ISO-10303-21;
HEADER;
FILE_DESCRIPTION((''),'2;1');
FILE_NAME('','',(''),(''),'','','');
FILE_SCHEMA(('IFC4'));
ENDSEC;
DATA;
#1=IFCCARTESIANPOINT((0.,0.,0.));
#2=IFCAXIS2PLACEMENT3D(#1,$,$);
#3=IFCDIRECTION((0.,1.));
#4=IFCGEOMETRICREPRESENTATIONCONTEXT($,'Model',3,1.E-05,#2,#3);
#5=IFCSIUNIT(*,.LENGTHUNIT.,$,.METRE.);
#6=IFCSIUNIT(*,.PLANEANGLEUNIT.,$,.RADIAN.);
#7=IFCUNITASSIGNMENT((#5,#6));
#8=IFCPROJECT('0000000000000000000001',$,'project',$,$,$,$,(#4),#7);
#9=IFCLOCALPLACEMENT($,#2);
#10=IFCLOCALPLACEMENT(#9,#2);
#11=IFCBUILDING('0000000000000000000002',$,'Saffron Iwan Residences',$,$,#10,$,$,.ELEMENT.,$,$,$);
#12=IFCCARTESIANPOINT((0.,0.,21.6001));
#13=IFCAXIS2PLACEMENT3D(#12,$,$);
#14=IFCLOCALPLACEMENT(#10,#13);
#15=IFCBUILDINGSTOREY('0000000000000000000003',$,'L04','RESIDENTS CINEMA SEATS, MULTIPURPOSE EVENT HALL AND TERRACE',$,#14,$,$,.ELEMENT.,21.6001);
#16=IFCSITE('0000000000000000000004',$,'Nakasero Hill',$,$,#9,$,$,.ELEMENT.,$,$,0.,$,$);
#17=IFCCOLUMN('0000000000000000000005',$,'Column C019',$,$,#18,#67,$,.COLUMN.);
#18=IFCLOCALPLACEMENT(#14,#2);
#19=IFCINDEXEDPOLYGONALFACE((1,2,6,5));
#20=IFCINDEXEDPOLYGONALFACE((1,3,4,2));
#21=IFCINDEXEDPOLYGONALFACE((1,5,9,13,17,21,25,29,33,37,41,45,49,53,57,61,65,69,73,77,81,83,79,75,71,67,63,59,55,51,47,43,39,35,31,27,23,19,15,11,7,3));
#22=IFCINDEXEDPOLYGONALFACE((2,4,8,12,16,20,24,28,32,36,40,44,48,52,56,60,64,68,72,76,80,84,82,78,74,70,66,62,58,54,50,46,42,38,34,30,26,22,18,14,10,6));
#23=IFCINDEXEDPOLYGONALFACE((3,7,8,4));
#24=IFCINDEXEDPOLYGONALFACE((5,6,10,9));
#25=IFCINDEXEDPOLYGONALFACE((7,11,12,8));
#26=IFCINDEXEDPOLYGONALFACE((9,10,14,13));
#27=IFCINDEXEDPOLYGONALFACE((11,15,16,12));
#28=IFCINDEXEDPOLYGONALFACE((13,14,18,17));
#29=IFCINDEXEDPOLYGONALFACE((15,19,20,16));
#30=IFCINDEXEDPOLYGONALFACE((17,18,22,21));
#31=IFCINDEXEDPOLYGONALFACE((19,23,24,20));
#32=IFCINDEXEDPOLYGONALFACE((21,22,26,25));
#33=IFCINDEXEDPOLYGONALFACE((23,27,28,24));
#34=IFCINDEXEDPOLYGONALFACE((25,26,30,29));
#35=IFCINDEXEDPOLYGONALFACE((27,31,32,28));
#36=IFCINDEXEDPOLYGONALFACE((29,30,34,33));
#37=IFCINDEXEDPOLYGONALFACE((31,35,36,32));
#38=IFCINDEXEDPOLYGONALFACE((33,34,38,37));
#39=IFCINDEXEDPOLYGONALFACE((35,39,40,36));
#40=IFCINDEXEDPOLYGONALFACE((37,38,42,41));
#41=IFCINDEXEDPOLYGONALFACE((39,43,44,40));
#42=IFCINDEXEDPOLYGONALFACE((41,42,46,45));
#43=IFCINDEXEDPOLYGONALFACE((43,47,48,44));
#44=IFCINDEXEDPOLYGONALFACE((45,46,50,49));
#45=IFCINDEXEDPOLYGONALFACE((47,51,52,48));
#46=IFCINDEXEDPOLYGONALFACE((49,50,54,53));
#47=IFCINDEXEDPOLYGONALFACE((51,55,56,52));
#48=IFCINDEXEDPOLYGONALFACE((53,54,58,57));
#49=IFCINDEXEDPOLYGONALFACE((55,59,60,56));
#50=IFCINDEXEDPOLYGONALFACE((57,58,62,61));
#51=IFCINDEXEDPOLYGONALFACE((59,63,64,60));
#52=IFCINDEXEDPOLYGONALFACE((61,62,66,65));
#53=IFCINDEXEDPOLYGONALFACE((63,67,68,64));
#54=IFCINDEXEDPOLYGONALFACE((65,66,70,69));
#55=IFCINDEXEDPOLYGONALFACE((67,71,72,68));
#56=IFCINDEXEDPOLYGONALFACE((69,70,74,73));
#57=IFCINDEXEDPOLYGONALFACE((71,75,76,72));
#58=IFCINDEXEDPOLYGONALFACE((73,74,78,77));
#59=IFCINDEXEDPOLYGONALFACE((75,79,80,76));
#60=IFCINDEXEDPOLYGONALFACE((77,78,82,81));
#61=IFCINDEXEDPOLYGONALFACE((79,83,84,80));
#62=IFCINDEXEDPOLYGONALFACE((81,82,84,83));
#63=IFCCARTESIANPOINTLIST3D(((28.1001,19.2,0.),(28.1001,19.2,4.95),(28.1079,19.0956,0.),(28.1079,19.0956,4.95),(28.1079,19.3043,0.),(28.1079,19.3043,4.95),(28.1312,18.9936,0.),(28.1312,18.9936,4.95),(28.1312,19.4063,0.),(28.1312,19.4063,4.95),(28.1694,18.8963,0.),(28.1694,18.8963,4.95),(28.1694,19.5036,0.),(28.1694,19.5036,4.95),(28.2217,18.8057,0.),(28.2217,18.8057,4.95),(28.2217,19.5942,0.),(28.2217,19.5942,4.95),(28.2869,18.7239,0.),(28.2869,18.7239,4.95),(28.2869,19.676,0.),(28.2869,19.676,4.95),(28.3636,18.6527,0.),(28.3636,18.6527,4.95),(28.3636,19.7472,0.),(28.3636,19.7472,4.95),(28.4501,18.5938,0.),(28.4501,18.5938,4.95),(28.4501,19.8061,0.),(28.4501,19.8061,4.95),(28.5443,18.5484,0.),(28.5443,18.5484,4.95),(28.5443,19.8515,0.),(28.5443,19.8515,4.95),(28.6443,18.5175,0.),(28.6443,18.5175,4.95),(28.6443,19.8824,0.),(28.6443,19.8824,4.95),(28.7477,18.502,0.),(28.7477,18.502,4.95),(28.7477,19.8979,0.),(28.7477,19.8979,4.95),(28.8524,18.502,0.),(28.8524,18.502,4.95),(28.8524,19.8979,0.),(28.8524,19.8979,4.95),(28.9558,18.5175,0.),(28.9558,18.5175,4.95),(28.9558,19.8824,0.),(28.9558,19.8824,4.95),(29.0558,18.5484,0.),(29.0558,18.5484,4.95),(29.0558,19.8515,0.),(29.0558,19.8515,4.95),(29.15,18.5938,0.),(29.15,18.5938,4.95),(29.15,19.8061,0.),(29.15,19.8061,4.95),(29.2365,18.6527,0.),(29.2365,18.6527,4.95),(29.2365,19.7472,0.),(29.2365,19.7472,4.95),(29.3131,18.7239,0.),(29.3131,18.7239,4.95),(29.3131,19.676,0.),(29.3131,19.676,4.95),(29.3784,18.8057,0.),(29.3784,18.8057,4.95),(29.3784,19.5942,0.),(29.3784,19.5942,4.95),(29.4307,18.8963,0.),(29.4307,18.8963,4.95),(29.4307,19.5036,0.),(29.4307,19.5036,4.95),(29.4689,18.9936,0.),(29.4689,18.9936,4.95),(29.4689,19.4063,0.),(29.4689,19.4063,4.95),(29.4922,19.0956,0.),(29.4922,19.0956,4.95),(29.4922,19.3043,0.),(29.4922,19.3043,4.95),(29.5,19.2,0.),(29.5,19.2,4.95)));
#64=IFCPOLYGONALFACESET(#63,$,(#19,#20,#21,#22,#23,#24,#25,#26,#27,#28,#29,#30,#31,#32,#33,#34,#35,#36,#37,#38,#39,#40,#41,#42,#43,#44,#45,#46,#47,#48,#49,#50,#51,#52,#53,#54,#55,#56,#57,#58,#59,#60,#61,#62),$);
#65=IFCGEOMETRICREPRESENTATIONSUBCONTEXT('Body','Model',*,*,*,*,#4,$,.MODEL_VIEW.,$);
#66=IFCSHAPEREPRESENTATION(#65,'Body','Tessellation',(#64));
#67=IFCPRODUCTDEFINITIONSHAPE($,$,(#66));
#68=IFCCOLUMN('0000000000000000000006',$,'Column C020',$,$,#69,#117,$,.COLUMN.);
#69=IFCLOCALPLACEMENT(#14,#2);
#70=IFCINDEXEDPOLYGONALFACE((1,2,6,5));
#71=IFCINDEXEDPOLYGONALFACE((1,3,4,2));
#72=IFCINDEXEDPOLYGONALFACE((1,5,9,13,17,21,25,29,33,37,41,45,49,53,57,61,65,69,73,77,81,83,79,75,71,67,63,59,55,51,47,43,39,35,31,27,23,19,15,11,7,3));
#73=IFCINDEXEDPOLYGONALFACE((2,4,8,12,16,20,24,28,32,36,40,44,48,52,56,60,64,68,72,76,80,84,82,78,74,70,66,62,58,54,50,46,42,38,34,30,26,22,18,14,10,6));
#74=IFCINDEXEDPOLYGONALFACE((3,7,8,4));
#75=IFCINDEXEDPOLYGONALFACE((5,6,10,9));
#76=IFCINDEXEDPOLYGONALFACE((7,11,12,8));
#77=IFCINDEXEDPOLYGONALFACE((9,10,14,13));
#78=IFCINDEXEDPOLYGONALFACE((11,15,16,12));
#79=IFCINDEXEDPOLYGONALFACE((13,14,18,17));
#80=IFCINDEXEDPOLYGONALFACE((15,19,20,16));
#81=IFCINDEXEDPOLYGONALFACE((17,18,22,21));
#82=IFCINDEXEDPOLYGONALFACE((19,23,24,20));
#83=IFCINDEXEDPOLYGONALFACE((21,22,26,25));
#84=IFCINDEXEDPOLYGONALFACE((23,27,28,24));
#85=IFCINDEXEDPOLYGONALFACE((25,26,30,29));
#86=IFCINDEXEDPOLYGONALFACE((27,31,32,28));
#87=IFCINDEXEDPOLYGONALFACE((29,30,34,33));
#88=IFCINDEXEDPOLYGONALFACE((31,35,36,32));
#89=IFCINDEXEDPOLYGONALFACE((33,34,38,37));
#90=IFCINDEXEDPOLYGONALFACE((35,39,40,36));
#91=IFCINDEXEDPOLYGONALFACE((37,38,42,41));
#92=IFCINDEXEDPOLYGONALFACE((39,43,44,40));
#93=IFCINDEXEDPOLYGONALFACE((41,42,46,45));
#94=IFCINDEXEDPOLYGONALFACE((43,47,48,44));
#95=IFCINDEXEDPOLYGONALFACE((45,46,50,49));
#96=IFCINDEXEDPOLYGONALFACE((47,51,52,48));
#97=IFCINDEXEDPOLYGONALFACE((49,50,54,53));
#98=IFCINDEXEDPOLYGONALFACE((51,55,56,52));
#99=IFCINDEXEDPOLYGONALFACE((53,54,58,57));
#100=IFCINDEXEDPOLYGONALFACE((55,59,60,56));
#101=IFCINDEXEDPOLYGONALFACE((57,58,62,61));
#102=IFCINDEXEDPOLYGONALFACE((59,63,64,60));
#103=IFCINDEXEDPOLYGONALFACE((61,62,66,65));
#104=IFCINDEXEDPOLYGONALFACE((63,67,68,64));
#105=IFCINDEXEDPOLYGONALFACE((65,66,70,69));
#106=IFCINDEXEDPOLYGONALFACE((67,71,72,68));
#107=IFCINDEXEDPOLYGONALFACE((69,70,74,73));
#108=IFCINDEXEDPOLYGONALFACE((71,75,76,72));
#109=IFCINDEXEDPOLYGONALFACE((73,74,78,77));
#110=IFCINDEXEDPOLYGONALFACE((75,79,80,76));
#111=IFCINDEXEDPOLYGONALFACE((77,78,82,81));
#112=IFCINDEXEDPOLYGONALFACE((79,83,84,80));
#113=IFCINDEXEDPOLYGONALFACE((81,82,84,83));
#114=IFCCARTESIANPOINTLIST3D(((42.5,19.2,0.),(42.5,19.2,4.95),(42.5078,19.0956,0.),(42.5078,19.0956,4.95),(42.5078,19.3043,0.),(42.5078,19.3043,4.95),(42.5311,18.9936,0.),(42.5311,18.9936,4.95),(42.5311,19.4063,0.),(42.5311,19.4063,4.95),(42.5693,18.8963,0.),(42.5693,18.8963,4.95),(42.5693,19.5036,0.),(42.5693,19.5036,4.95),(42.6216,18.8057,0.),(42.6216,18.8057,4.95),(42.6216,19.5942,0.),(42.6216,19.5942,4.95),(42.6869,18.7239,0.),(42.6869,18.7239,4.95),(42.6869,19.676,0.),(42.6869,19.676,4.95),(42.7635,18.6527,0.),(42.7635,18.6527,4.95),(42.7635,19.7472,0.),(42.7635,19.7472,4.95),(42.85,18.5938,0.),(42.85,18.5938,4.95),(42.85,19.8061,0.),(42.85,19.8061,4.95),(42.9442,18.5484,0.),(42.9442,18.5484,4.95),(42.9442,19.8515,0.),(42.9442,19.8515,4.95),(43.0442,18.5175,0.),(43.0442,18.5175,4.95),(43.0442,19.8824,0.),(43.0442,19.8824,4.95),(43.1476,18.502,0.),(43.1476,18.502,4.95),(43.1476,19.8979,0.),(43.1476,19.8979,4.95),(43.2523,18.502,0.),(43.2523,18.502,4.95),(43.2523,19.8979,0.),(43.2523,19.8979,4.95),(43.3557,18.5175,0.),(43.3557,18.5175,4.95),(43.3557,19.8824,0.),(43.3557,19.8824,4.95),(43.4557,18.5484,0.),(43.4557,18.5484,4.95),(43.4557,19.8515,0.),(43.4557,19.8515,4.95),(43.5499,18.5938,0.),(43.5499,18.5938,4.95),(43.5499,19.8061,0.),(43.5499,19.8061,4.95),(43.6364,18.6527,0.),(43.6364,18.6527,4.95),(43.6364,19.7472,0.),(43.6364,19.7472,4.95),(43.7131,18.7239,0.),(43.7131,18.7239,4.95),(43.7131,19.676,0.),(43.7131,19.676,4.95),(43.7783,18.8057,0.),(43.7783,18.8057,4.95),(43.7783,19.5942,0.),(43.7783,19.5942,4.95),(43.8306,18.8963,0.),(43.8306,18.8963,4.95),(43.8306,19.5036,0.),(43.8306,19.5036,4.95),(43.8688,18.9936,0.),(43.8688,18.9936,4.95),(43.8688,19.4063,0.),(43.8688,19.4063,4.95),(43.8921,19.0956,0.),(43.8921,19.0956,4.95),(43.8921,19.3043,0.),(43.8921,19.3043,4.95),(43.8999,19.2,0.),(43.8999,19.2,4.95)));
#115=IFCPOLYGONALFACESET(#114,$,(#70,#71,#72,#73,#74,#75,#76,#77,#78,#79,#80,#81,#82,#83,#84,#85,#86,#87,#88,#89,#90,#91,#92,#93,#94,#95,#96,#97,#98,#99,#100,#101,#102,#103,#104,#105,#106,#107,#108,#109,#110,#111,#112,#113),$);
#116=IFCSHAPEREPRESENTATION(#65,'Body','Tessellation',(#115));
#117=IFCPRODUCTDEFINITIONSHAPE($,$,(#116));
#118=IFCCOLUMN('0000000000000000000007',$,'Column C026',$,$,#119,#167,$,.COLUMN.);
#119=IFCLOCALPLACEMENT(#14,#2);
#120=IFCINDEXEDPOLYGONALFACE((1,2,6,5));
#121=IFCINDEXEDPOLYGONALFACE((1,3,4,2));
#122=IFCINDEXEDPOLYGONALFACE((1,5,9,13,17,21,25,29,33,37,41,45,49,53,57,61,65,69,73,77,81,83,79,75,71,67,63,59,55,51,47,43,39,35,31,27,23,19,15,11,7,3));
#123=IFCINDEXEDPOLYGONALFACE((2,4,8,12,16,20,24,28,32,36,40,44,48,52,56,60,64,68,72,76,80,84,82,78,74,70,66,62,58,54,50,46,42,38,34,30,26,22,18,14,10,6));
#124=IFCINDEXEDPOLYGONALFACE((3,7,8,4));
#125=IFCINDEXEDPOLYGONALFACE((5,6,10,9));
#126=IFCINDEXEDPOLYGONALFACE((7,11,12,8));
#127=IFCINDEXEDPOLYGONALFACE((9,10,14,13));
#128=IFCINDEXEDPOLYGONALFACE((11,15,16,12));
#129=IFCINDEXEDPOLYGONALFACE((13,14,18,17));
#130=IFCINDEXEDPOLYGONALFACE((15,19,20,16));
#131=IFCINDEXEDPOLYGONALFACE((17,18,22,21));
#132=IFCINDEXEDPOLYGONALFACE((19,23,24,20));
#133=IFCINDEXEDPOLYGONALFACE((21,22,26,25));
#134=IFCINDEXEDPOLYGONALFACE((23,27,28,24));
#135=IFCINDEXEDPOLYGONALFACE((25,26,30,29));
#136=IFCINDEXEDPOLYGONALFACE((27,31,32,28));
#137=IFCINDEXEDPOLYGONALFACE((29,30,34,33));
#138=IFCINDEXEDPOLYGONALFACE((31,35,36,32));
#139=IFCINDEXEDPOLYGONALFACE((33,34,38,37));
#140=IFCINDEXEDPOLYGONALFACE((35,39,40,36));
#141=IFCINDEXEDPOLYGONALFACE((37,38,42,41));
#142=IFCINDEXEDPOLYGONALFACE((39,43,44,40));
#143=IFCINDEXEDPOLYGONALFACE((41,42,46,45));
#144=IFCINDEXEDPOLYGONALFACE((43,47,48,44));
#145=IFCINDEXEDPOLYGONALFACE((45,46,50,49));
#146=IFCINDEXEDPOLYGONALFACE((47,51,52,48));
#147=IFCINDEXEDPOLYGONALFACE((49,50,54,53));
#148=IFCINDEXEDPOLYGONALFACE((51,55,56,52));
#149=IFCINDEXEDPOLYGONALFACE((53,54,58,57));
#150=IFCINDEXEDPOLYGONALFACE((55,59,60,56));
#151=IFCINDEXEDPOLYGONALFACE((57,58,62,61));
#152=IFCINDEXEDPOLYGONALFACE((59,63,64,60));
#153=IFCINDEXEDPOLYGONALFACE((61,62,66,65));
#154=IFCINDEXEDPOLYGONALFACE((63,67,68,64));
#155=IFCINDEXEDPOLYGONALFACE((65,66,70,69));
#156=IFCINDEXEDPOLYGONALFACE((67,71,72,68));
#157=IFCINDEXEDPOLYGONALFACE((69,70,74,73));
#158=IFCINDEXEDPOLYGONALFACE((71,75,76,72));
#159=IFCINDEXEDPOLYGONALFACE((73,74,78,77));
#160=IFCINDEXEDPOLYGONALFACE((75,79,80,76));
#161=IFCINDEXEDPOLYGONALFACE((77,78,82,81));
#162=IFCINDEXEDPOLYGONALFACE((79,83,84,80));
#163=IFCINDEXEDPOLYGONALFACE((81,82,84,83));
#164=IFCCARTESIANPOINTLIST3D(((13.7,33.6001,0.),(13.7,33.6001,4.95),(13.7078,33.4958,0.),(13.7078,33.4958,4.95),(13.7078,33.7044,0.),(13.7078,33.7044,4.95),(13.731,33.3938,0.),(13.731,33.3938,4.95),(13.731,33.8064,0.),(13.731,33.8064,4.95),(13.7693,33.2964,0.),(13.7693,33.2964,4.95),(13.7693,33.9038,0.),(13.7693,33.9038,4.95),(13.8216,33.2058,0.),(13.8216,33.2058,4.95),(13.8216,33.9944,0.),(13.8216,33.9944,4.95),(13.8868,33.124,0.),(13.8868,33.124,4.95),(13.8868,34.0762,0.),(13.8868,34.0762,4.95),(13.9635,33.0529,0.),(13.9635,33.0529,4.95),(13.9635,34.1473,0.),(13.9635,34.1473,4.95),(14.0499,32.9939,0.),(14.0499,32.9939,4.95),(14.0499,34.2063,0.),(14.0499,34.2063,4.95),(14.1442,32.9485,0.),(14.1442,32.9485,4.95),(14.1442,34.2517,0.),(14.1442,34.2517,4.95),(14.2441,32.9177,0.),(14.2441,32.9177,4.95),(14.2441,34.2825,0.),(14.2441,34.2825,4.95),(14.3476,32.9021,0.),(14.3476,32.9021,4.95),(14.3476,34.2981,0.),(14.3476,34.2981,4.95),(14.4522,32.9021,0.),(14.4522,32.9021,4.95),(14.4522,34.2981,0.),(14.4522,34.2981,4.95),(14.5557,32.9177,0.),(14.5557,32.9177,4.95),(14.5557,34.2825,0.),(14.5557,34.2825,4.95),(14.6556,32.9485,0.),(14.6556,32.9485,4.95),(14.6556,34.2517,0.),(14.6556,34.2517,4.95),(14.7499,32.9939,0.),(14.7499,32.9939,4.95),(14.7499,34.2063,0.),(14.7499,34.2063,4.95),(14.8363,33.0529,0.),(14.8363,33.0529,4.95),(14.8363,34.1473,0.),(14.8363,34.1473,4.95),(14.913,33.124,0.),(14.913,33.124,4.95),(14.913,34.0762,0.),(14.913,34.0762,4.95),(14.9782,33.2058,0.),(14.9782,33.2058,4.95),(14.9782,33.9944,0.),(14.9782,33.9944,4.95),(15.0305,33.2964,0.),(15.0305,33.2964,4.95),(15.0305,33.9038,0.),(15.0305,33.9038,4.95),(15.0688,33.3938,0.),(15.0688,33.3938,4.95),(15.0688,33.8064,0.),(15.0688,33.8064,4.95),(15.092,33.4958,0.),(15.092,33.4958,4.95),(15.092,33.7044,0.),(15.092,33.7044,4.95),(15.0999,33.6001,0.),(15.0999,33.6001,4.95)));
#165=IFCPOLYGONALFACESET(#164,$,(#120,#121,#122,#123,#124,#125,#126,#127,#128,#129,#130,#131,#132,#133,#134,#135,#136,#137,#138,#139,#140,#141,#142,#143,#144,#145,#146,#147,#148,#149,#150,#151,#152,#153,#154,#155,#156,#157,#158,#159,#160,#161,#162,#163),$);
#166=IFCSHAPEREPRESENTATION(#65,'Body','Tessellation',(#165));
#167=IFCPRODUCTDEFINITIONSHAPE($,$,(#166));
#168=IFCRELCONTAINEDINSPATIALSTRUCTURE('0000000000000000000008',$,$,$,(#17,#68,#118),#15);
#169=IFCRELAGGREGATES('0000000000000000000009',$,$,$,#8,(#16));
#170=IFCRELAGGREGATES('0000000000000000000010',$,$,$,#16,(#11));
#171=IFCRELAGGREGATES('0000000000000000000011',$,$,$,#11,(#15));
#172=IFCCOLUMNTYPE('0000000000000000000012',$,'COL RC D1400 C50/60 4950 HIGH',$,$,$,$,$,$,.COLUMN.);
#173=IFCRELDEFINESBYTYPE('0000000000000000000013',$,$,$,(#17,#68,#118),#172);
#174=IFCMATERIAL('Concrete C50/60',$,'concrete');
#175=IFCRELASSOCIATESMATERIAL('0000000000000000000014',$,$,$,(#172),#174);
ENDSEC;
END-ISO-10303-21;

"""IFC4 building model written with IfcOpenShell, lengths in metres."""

from ifc_helpers import new_model, si_unit, direction, frame, origin, origin_2d, place, context, subcontext, project, spatial, circle, extrude, source, transform, mapped, material, material_profile, profile_set, type_object, element, save


model = new_model("IFC4")

# Units and contexts
model_context = context("Model", 3, precision=1e-05, world=origin(), true_north=direction((0.0, 1.0)))
body_context = subcontext(model_context, "Body", "Model", "MODEL_VIEW")
ifc_project = project(units=[si_unit("LENGTHUNIT", "METRE"), si_unit("PLANEANGLEUNIT", "RADIAN")], contexts=[model_context])

# Site, building, storey
site_placement = place(None, origin())
site = spatial("IfcSite", under=ifc_project, at=site_placement, Name="Nakasero Hill", CompositionType="ELEMENT", RefElevation=0.0)
building_placement = place(site_placement, origin())
building = spatial("IfcBuilding", under=site, at=building_placement, Name="Saffron Iwan Residences", CompositionType="ELEMENT")
storey_placement = place(building_placement, frame((0.0, 0.0, 21.6001)))
storey = spatial("IfcBuildingStorey", under=building, at=storey_placement, Name="L04", Description="RESIDENTS CINEMA SEATS, MULTIPURPOSE EVENT HALL AND TERRACE", CompositionType="ELEMENT", Elevation=21.6001)

# Columns
ifc_material_1 = material(Name="Concrete C50/60", Category="concrete")
ifc_material_profile_1 = material_profile(ifc_material_1, circle(Radius=0.7, at=origin_2d()), Name="RC D1400")
ifc_profile_set_1 = profile_set([ifc_material_profile_1], Name="Concrete C50/60")
column_type = type_object("IfcColumnType", Name="COL RC D1400 C50/60 4950 HIGH", PredefinedType="COLUMN", material=ifc_profile_set_1)
shared_shape_1 = source(origin(), body_context, "Body", "SweptSolid", [
    extrude(circle(Radius=0.7, at=origin_2d()), origin(), (0.0, 0.0, 1.0), 4.95),
])
for number, where, z_axis, x_axis, name in (
    (1, (28.8, 19.2, 0.0), (0.0, 0.0, 1.0), (1.0, 0.0, 0.0), "Column C019"),
    (2, (43.2, 19.2, 0.0), (0.0, 0.0, 1.0), (1.0, 0.0, 0.0), "Column C020"),
    (3, (14.3999, 33.6001, 0.0), (0.0, 0.0, 1.0), (1.0, 0.0, 0.0), "Column C026"),
):
    element("IfcColumn", number, at=place(storey_placement, frame(where, z_axis=z_axis, x_axis=x_axis)), inside=storey, type_object=column_type, Name=name, PredefinedType="COLUMN", context=body_context, shape_type="MappedRepresentation", body=[
        mapped(shared_shape_1, transform((0.0, 0.0, 0.0))),
    ])

save(model, "model.ifc")
